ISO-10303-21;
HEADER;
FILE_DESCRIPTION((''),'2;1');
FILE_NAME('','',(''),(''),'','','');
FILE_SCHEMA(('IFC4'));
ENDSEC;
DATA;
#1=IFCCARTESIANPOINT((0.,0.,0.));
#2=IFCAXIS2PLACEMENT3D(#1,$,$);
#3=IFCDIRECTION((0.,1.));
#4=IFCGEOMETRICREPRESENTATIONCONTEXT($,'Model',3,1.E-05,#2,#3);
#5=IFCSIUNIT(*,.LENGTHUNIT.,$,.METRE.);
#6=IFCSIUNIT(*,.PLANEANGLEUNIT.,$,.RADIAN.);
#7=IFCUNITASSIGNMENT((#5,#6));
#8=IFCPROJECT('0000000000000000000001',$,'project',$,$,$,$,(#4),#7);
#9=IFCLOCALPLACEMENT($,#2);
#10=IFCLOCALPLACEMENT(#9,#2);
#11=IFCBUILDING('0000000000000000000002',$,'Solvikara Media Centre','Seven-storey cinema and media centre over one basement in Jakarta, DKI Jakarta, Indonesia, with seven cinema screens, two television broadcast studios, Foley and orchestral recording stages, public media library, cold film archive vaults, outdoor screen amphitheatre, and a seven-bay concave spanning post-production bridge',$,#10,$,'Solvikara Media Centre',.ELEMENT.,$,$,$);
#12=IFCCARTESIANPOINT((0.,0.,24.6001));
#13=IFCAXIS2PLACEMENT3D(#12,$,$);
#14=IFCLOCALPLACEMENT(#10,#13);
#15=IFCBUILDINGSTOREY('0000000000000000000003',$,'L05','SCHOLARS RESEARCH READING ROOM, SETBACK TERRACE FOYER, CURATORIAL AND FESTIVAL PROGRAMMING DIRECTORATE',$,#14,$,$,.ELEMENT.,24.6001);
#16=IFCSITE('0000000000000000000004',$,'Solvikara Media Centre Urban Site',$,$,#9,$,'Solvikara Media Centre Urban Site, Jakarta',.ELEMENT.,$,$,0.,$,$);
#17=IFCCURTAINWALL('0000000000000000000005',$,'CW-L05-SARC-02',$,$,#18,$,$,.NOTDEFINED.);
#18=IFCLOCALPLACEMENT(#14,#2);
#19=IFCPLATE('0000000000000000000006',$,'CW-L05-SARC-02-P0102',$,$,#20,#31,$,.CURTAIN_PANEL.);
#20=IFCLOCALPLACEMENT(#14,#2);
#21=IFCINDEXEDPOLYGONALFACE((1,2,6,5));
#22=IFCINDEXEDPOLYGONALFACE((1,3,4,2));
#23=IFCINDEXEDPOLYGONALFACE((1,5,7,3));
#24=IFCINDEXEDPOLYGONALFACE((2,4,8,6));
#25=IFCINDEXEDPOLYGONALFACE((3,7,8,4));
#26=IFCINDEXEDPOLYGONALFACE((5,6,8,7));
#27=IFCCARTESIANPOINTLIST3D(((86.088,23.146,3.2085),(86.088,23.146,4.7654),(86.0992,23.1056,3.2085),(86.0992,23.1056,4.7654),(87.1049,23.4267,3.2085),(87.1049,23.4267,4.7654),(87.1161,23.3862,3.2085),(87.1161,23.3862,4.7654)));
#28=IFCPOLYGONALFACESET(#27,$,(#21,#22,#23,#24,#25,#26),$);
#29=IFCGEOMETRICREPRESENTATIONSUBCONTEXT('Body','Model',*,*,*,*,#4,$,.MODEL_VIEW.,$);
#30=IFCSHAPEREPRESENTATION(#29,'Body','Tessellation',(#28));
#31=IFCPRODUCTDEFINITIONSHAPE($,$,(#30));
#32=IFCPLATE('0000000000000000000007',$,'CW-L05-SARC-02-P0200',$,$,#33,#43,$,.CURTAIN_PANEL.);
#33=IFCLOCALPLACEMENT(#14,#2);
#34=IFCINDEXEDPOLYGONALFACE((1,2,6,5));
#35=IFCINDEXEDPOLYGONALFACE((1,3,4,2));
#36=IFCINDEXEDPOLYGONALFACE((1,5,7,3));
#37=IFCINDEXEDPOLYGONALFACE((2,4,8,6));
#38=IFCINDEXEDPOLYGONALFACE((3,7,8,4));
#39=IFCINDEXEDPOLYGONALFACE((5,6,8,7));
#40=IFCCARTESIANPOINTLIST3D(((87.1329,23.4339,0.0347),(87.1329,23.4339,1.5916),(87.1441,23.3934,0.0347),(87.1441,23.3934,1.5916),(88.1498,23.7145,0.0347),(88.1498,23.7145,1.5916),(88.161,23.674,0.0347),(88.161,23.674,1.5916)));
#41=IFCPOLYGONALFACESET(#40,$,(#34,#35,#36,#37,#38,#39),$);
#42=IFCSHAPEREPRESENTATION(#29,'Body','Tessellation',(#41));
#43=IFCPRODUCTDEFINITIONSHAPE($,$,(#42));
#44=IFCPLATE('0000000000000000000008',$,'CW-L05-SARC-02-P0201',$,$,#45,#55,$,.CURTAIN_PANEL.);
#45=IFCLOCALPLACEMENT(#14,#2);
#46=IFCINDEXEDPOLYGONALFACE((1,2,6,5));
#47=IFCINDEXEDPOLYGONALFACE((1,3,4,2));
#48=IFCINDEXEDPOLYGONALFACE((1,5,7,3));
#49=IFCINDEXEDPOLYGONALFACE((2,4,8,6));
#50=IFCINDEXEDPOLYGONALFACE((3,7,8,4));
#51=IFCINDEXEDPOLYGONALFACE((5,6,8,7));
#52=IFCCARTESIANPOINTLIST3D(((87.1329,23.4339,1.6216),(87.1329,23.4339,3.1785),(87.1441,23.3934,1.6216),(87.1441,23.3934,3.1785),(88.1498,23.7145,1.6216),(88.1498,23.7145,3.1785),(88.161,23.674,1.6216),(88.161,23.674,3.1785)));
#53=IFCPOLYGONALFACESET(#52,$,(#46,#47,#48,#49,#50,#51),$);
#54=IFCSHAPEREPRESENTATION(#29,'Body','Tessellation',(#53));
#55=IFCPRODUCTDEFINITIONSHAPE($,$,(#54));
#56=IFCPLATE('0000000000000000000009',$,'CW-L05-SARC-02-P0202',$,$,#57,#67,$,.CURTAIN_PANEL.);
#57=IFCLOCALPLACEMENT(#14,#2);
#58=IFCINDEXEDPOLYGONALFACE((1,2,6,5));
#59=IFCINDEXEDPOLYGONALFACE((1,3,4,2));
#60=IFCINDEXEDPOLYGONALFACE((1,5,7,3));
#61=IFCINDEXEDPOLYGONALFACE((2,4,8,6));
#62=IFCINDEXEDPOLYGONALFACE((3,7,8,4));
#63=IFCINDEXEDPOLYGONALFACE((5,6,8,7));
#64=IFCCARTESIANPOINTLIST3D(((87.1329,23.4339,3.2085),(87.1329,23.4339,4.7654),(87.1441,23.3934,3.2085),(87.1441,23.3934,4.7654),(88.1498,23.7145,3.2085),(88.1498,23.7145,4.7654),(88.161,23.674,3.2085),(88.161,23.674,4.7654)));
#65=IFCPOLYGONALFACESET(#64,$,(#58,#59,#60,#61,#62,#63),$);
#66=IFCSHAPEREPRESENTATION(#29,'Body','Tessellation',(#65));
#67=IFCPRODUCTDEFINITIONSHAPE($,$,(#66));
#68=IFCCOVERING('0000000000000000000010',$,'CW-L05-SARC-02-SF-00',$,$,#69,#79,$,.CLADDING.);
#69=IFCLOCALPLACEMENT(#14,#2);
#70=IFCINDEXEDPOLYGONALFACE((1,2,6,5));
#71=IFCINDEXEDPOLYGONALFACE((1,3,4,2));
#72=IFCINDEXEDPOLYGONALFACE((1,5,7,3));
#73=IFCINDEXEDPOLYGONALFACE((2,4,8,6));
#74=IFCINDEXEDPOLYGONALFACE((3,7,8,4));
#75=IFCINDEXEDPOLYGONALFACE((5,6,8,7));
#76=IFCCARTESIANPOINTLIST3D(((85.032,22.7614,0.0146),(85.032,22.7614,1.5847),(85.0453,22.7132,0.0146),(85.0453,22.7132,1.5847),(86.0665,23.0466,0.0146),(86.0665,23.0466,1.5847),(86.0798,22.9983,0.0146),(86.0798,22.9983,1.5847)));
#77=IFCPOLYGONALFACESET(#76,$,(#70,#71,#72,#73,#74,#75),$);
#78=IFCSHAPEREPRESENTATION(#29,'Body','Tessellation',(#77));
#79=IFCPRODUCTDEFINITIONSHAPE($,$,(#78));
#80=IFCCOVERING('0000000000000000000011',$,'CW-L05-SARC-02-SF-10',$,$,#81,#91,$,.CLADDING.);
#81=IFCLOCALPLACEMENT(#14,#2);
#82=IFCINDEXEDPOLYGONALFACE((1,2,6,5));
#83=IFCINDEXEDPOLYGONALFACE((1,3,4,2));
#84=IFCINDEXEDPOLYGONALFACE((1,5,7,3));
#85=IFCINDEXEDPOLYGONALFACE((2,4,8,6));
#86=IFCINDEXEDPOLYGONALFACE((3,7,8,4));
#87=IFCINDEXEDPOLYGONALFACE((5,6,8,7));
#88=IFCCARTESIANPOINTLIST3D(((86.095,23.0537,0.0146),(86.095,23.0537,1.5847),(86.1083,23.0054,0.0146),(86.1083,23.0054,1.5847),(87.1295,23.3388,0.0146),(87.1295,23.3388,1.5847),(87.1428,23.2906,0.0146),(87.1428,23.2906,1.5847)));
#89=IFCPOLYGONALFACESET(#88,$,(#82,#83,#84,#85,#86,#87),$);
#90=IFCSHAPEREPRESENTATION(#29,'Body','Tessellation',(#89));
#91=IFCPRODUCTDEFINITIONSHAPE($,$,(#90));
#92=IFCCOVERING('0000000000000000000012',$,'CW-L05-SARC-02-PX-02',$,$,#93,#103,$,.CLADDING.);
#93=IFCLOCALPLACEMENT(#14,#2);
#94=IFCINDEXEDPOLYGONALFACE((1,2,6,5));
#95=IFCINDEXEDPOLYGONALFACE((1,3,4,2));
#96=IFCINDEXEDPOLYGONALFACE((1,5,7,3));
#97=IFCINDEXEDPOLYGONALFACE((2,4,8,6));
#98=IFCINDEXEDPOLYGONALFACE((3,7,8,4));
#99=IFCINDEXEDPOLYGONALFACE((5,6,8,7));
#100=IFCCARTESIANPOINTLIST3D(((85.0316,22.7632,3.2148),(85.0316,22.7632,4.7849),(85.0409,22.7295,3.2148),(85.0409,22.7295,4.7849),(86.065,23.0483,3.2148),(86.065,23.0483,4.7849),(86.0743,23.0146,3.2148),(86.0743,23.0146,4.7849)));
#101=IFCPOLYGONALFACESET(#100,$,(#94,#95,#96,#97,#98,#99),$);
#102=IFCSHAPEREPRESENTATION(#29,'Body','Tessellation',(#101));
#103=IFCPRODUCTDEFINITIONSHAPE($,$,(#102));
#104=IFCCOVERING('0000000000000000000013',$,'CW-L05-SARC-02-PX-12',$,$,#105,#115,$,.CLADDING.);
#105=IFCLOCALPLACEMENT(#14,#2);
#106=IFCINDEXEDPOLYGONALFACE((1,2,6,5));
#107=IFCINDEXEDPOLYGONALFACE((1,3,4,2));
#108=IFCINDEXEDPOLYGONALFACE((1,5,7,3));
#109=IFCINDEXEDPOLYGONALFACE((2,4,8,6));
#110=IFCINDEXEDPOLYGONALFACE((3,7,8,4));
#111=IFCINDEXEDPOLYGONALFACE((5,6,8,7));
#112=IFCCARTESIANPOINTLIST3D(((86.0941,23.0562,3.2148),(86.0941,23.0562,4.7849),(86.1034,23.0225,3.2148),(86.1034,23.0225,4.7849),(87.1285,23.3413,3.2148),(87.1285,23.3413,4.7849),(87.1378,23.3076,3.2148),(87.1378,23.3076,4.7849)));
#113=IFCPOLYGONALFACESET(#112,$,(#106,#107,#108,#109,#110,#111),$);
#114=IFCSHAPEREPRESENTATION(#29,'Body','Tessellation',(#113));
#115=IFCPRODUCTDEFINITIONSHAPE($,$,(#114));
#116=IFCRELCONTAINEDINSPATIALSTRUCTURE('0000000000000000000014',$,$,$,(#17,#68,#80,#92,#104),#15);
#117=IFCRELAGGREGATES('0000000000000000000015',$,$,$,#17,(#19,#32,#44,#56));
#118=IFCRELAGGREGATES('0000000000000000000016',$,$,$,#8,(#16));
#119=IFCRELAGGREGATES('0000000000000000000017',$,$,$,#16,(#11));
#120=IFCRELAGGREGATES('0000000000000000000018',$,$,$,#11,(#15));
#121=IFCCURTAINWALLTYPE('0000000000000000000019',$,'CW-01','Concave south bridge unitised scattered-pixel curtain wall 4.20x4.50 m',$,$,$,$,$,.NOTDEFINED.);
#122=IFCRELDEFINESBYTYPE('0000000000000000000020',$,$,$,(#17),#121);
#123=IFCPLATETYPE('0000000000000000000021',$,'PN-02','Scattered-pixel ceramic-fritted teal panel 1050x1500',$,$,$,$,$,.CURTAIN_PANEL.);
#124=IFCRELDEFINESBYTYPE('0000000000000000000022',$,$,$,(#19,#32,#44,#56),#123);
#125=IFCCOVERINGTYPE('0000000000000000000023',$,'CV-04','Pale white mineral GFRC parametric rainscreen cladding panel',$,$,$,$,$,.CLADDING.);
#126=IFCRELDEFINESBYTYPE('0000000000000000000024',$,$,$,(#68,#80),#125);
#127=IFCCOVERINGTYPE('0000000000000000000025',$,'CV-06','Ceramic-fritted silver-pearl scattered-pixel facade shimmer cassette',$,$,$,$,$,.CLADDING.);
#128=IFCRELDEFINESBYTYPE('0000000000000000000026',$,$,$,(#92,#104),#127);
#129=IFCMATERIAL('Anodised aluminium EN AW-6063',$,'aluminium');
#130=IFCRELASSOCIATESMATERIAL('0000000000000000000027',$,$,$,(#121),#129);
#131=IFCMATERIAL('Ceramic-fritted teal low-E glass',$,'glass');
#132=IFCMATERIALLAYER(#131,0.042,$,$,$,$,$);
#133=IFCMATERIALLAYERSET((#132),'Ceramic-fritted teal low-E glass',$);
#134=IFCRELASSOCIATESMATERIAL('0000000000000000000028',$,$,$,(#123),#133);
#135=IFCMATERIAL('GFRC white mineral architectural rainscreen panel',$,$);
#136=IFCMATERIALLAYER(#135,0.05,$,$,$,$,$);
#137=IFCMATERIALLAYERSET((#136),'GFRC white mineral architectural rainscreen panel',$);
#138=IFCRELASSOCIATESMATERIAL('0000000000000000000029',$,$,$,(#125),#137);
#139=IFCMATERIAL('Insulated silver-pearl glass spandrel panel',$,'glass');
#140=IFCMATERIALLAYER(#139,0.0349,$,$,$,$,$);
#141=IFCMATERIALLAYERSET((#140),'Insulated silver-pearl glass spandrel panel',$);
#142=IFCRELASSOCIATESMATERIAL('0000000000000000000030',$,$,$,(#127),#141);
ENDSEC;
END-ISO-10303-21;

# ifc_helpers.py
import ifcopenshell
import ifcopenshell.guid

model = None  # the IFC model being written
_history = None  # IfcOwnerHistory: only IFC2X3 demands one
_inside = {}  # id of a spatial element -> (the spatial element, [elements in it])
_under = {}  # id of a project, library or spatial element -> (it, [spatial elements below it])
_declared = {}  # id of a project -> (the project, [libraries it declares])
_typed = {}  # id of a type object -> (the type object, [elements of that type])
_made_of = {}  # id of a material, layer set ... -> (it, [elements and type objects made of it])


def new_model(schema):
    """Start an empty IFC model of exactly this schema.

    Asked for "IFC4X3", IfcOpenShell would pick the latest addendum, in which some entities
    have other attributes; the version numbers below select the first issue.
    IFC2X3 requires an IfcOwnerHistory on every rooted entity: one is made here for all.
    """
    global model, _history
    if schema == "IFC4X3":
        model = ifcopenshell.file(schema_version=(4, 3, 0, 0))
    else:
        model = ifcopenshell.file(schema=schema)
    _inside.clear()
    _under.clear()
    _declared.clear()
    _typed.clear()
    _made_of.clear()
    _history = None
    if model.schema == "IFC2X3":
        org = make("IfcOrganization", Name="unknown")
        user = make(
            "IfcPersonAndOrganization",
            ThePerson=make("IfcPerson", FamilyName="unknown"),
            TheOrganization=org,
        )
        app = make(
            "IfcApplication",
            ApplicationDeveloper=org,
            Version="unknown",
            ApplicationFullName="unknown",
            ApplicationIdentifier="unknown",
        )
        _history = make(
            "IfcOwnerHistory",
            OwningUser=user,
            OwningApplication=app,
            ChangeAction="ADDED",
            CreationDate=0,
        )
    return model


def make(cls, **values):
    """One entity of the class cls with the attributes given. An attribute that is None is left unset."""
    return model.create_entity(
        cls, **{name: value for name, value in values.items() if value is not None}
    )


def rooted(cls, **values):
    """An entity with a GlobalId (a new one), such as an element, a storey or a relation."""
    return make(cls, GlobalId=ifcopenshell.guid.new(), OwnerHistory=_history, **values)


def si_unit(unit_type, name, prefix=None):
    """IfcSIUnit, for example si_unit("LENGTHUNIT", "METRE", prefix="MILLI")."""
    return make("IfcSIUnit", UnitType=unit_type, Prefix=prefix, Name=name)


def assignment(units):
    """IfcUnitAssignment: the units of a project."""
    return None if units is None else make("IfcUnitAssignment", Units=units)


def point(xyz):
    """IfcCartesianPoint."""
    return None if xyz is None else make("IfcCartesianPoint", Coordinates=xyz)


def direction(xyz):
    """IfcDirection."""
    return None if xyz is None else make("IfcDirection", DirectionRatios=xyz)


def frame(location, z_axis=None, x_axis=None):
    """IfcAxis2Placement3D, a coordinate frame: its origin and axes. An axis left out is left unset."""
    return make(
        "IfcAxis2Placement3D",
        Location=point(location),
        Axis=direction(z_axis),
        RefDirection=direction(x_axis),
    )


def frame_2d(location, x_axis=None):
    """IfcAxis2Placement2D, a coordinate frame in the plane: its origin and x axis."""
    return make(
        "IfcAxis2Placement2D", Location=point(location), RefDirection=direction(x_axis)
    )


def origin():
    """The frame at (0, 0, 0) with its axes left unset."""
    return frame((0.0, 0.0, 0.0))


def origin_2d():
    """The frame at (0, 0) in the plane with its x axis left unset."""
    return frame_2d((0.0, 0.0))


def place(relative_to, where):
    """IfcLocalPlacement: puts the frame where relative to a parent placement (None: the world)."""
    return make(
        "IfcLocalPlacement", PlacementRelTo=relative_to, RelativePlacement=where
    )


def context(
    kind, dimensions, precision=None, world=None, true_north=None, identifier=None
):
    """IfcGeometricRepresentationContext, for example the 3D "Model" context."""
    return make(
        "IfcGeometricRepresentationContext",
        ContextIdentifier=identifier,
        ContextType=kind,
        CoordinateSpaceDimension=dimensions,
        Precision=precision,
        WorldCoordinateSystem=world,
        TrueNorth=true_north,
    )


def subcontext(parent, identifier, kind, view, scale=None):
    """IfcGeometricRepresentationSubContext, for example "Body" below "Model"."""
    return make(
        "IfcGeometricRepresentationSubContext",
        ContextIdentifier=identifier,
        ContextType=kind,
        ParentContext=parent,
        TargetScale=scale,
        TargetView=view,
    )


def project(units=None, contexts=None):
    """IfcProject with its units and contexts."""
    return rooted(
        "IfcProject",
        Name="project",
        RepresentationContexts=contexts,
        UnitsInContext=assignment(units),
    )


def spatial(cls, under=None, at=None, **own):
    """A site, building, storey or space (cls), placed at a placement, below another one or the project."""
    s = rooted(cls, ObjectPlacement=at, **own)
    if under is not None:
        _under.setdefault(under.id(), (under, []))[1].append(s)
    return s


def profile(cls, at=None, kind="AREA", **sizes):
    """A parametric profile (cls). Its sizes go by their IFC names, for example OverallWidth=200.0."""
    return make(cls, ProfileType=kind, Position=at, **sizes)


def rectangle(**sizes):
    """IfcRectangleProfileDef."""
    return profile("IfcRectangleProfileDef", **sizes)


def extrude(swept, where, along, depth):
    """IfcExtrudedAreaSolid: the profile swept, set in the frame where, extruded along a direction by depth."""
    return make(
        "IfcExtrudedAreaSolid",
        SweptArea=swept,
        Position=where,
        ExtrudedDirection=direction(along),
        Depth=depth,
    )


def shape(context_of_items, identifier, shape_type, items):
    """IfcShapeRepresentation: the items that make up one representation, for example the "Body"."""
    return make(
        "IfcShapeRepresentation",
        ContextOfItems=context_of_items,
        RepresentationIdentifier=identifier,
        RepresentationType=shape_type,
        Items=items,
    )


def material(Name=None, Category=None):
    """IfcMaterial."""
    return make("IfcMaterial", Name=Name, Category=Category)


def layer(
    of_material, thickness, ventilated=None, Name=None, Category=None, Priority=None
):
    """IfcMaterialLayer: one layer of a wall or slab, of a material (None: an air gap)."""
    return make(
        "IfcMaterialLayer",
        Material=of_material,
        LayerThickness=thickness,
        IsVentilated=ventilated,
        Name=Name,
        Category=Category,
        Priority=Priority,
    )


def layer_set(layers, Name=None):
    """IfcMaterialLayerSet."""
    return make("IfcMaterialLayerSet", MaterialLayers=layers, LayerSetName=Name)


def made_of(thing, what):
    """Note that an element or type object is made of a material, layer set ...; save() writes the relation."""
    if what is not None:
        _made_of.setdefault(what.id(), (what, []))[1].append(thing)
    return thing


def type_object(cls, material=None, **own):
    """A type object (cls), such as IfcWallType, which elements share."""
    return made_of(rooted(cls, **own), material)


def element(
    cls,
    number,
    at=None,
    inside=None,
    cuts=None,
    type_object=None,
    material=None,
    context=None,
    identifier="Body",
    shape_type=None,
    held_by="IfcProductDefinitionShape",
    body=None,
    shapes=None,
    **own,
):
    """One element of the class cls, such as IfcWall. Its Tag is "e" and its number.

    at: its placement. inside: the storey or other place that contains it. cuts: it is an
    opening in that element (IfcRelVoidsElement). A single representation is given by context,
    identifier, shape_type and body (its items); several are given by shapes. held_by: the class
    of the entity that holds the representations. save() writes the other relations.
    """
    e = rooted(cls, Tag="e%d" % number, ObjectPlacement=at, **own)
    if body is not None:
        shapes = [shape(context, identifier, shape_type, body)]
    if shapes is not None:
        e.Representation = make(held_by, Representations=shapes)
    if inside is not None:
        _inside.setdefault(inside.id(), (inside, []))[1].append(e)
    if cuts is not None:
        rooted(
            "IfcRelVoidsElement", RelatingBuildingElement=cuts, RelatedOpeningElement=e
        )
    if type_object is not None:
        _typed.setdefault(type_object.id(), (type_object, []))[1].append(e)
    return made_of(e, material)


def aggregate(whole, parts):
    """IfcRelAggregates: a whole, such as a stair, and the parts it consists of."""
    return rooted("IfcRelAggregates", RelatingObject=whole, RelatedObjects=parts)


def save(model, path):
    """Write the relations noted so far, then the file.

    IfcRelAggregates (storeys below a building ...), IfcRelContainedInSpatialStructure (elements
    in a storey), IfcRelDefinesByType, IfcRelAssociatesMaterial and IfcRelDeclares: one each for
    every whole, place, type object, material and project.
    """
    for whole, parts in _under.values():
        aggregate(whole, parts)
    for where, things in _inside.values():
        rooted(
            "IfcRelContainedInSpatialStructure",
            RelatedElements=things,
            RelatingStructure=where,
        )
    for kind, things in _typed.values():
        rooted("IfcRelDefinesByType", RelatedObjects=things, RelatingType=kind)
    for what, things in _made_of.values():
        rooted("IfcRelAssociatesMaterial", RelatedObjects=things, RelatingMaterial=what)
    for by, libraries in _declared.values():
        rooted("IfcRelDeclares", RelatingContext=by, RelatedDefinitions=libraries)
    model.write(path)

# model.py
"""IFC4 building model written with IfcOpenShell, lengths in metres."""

from ifc_helpers import new_model, si_unit, direction, frame, origin, origin_2d, place, context, subcontext, project, spatial, rectangle, extrude, material, layer, layer_set, type_object, element, aggregate, save


model = new_model("IFC4")

# Units and contexts
model_context = context("Model", 3, precision=1e-05, world=origin(), true_north=direction((0.0, 1.0)))
body_context = subcontext(model_context, "Body", "Model", "MODEL_VIEW")
ifc_project = project(units=[si_unit("LENGTHUNIT", "METRE"), si_unit("PLANEANGLEUNIT", "RADIAN")], contexts=[model_context])

# Site, building, storey
site_placement = place(None, origin())
site = spatial("IfcSite", under=ifc_project, at=site_placement, Name="Solvikara Media Centre Urban Site", LongName="Solvikara Media Centre Urban Site, Jakarta", CompositionType="ELEMENT", RefElevation=0.0)
building_placement = place(site_placement, origin())
building = spatial("IfcBuilding", under=site, at=building_placement, Name="Solvikara Media Centre", Description="Seven-storey cinema and media centre over one basement in Jakarta, DKI Jakarta, Indonesia, with seven cinema screens, two television broadcast studios, Foley and orchestral recording stages, public media library, cold film archive vaults, outdoor screen amphitheatre, and a seven-bay concave spanning post-production bridge", LongName="Solvikara Media Centre", CompositionType="ELEMENT")
storey_placement = place(building_placement, frame((0.0, 0.0, 24.6001)))
storey = spatial("IfcBuildingStorey", under=building, at=storey_placement, Name="L05", Description="SCHOLARS RESEARCH READING ROOM, SETBACK TERRACE FOYER, CURATORIAL AND FESTIVAL PROGRAMMING DIRECTORATE", CompositionType="ELEMENT", Elevation=24.6001)

# Curtain wall, plates
ifc_material_1 = material(Name="Anodised aluminium EN AW-6063", Category="aluminium")
curtain_wall_type = type_object("IfcCurtainWallType", Name="CW-01", Description="Concave south bridge unitised scattered-pixel curtain wall 4.20x4.50 m", PredefinedType="NOTDEFINED", material=ifc_material_1)
curtain_wall_placement = place(storey_placement, origin())
curtain_wall = element("IfcCurtainWall", 1, at=curtain_wall_placement, inside=storey, type_object=curtain_wall_type, Name="CW-L05-SARC-02", PredefinedType="NOTDEFINED")
ifc_material_2 = material(Name="Ceramic-fritted teal low-E glass", Category="glass")
ifc_layer_1 = layer(ifc_material_2, 0.042)
ifc_layer_set_1 = layer_set([ifc_layer_1], Name="Ceramic-fritted teal low-E glass")
plate_type_1 = type_object("IfcPlateType", Name="PN-02", Description="Scattered-pixel ceramic-fritted teal panel 1050x1500", PredefinedType="CURTAIN_PANEL", material=ifc_layer_set_1)
plate_1_placement = place(storey_placement, frame((86.6021, 23.2661, 3.2085), z_axis=(0.0, 0.0, 1.0), x_axis=(0.96397, 0.26601, 0.0)))
plate_1 = element("IfcPlate", 2, at=plate_1_placement, type_object=plate_type_1, Name="CW-L05-SARC-02-P0102", PredefinedType="CURTAIN_PANEL", context=body_context, shape_type="SweptSolid", body=[
    extrude(rectangle(XDim=1.0549, YDim=0.042, at=origin_2d()), origin(), (0.0, 0.0, 1.0), 1.5569),
])
plate_2_placement = place(storey_placement, frame((87.647, 23.554, 0.0347), z_axis=(0.0, 0.0, 1.0), x_axis=(0.96397, 0.26601, 0.0)))
plate_2 = element("IfcPlate", 3, at=plate_2_placement, type_object=plate_type_1, Name="CW-L05-SARC-02-P0200", PredefinedType="CURTAIN_PANEL", context=body_context, shape_type="SweptSolid", body=[
    extrude(rectangle(XDim=1.0549, YDim=0.042, at=origin_2d()), origin(), (0.0, 0.0, 1.0), 1.5569),
])
plate_3_placement = place(storey_placement, frame((87.647, 23.554, 1.6216), z_axis=(0.0, 0.0, 1.0), x_axis=(0.96397, 0.26601, 0.0)))
plate_3 = element("IfcPlate", 4, at=plate_3_placement, type_object=plate_type_1, Name="CW-L05-SARC-02-P0201", PredefinedType="CURTAIN_PANEL", context=body_context, shape_type="SweptSolid", body=[
    extrude(rectangle(XDim=1.0549, YDim=0.042, at=origin_2d()), origin(), (0.0, 0.0, 1.0), 1.5569),
])
plate_4_placement = place(storey_placement, frame((87.647, 23.554, 3.2085), z_axis=(0.0, 0.0, 1.0), x_axis=(0.96397, 0.26601, 0.0)))
plate_4 = element("IfcPlate", 5, at=plate_4_placement, type_object=plate_type_1, Name="CW-L05-SARC-02-P0202", PredefinedType="CURTAIN_PANEL", context=body_context, shape_type="SweptSolid", body=[
    extrude(rectangle(XDim=1.0549, YDim=0.042, at=origin_2d()), origin(), (0.0, 0.0, 1.0), 1.5569),
])
aggregate(curtain_wall, [plate_1, plate_2, plate_3, plate_4])

# Coverings
ifc_material_3 = material(Name="GFRC white mineral architectural rainscreen panel")
ifc_layer_2 = layer(ifc_material_3, 0.05)
ifc_layer_set_2 = layer_set([ifc_layer_2], Name="GFRC white mineral architectural rainscreen panel")
covering_type_1 = type_object("IfcCoveringType", Name="CV-04", Description="Pale white mineral GFRC parametric rainscreen cladding panel", PredefinedType="CLADDING", material=ifc_layer_set_2)
for number, where, z_axis, x_axis, name in (
    (6, (85.5559, 22.8799, 0.0146), (0.0, 0.0, 1.0), (0.964049, 0.265724, 0.0), "CW-L05-SARC-02-SF-00"),
    (7, (86.6189, 23.1721, 0.0146), (0.0, 0.0, 1.0), (0.964049, 0.265724, 0.0), "CW-L05-SARC-02-SF-10"),
):
    element("IfcCovering", number, at=place(storey_placement, frame(where, z_axis=z_axis, x_axis=x_axis)), inside=storey, type_object=covering_type_1, Name=name, PredefinedType="CLADDING", context=body_context, shape_type="SweptSolid", body=[
        extrude(rectangle(XDim=1.073, YDim=0.05, at=origin_2d()), origin(), (0.0, 0.0, 1.0), 1.5701),
    ])
ifc_material_4 = material(Name="Insulated silver-pearl glass spandrel panel", Category="glass")
ifc_layer_3 = layer(ifc_material_4, 0.0349)
ifc_layer_set_3 = layer_set([ifc_layer_3], Name="Insulated silver-pearl glass spandrel panel")
covering_type_2 = type_object("IfcCoveringType", Name="CV-06", Description="Ceramic-fritted silver-pearl scattered-pixel facade shimmer cassette", PredefinedType="CLADDING", material=ifc_layer_set_3)
covering_1_placement = place(storey_placement, frame((85.553, 22.8889, 3.2148), z_axis=(0.0, 0.0, 1.0), x_axis=(0.963984, 0.26596, 0.0)))
element("IfcCovering", 8, at=covering_1_placement, inside=storey, type_object=covering_type_2, Name="CW-L05-SARC-02-PX-02", PredefinedType="CLADDING", context=body_context, shape_type="SweptSolid", body=[
    extrude(rectangle(XDim=1.072, YDim=0.0349, at=origin_2d()), origin(), (0.0, 0.0, 1.0), 1.5701),
])
covering_2_placement = place(storey_placement, frame((86.616, 23.1819, 3.2148), z_axis=(0.0, 0.0, 1.0), x_axis=(0.964049, 0.265724, 0.0)))
element("IfcCovering", 9, at=covering_2_placement, inside=storey, type_object=covering_type_2, Name="CW-L05-SARC-02-PX-12", PredefinedType="CLADDING", context=body_context, shape_type="SweptSolid", body=[
    extrude(rectangle(XDim=1.073, YDim=0.0349, at=origin_2d()), origin(), (0.0, 0.0, 1.0), 1.5701),
])

save(model, "model.ifc")
